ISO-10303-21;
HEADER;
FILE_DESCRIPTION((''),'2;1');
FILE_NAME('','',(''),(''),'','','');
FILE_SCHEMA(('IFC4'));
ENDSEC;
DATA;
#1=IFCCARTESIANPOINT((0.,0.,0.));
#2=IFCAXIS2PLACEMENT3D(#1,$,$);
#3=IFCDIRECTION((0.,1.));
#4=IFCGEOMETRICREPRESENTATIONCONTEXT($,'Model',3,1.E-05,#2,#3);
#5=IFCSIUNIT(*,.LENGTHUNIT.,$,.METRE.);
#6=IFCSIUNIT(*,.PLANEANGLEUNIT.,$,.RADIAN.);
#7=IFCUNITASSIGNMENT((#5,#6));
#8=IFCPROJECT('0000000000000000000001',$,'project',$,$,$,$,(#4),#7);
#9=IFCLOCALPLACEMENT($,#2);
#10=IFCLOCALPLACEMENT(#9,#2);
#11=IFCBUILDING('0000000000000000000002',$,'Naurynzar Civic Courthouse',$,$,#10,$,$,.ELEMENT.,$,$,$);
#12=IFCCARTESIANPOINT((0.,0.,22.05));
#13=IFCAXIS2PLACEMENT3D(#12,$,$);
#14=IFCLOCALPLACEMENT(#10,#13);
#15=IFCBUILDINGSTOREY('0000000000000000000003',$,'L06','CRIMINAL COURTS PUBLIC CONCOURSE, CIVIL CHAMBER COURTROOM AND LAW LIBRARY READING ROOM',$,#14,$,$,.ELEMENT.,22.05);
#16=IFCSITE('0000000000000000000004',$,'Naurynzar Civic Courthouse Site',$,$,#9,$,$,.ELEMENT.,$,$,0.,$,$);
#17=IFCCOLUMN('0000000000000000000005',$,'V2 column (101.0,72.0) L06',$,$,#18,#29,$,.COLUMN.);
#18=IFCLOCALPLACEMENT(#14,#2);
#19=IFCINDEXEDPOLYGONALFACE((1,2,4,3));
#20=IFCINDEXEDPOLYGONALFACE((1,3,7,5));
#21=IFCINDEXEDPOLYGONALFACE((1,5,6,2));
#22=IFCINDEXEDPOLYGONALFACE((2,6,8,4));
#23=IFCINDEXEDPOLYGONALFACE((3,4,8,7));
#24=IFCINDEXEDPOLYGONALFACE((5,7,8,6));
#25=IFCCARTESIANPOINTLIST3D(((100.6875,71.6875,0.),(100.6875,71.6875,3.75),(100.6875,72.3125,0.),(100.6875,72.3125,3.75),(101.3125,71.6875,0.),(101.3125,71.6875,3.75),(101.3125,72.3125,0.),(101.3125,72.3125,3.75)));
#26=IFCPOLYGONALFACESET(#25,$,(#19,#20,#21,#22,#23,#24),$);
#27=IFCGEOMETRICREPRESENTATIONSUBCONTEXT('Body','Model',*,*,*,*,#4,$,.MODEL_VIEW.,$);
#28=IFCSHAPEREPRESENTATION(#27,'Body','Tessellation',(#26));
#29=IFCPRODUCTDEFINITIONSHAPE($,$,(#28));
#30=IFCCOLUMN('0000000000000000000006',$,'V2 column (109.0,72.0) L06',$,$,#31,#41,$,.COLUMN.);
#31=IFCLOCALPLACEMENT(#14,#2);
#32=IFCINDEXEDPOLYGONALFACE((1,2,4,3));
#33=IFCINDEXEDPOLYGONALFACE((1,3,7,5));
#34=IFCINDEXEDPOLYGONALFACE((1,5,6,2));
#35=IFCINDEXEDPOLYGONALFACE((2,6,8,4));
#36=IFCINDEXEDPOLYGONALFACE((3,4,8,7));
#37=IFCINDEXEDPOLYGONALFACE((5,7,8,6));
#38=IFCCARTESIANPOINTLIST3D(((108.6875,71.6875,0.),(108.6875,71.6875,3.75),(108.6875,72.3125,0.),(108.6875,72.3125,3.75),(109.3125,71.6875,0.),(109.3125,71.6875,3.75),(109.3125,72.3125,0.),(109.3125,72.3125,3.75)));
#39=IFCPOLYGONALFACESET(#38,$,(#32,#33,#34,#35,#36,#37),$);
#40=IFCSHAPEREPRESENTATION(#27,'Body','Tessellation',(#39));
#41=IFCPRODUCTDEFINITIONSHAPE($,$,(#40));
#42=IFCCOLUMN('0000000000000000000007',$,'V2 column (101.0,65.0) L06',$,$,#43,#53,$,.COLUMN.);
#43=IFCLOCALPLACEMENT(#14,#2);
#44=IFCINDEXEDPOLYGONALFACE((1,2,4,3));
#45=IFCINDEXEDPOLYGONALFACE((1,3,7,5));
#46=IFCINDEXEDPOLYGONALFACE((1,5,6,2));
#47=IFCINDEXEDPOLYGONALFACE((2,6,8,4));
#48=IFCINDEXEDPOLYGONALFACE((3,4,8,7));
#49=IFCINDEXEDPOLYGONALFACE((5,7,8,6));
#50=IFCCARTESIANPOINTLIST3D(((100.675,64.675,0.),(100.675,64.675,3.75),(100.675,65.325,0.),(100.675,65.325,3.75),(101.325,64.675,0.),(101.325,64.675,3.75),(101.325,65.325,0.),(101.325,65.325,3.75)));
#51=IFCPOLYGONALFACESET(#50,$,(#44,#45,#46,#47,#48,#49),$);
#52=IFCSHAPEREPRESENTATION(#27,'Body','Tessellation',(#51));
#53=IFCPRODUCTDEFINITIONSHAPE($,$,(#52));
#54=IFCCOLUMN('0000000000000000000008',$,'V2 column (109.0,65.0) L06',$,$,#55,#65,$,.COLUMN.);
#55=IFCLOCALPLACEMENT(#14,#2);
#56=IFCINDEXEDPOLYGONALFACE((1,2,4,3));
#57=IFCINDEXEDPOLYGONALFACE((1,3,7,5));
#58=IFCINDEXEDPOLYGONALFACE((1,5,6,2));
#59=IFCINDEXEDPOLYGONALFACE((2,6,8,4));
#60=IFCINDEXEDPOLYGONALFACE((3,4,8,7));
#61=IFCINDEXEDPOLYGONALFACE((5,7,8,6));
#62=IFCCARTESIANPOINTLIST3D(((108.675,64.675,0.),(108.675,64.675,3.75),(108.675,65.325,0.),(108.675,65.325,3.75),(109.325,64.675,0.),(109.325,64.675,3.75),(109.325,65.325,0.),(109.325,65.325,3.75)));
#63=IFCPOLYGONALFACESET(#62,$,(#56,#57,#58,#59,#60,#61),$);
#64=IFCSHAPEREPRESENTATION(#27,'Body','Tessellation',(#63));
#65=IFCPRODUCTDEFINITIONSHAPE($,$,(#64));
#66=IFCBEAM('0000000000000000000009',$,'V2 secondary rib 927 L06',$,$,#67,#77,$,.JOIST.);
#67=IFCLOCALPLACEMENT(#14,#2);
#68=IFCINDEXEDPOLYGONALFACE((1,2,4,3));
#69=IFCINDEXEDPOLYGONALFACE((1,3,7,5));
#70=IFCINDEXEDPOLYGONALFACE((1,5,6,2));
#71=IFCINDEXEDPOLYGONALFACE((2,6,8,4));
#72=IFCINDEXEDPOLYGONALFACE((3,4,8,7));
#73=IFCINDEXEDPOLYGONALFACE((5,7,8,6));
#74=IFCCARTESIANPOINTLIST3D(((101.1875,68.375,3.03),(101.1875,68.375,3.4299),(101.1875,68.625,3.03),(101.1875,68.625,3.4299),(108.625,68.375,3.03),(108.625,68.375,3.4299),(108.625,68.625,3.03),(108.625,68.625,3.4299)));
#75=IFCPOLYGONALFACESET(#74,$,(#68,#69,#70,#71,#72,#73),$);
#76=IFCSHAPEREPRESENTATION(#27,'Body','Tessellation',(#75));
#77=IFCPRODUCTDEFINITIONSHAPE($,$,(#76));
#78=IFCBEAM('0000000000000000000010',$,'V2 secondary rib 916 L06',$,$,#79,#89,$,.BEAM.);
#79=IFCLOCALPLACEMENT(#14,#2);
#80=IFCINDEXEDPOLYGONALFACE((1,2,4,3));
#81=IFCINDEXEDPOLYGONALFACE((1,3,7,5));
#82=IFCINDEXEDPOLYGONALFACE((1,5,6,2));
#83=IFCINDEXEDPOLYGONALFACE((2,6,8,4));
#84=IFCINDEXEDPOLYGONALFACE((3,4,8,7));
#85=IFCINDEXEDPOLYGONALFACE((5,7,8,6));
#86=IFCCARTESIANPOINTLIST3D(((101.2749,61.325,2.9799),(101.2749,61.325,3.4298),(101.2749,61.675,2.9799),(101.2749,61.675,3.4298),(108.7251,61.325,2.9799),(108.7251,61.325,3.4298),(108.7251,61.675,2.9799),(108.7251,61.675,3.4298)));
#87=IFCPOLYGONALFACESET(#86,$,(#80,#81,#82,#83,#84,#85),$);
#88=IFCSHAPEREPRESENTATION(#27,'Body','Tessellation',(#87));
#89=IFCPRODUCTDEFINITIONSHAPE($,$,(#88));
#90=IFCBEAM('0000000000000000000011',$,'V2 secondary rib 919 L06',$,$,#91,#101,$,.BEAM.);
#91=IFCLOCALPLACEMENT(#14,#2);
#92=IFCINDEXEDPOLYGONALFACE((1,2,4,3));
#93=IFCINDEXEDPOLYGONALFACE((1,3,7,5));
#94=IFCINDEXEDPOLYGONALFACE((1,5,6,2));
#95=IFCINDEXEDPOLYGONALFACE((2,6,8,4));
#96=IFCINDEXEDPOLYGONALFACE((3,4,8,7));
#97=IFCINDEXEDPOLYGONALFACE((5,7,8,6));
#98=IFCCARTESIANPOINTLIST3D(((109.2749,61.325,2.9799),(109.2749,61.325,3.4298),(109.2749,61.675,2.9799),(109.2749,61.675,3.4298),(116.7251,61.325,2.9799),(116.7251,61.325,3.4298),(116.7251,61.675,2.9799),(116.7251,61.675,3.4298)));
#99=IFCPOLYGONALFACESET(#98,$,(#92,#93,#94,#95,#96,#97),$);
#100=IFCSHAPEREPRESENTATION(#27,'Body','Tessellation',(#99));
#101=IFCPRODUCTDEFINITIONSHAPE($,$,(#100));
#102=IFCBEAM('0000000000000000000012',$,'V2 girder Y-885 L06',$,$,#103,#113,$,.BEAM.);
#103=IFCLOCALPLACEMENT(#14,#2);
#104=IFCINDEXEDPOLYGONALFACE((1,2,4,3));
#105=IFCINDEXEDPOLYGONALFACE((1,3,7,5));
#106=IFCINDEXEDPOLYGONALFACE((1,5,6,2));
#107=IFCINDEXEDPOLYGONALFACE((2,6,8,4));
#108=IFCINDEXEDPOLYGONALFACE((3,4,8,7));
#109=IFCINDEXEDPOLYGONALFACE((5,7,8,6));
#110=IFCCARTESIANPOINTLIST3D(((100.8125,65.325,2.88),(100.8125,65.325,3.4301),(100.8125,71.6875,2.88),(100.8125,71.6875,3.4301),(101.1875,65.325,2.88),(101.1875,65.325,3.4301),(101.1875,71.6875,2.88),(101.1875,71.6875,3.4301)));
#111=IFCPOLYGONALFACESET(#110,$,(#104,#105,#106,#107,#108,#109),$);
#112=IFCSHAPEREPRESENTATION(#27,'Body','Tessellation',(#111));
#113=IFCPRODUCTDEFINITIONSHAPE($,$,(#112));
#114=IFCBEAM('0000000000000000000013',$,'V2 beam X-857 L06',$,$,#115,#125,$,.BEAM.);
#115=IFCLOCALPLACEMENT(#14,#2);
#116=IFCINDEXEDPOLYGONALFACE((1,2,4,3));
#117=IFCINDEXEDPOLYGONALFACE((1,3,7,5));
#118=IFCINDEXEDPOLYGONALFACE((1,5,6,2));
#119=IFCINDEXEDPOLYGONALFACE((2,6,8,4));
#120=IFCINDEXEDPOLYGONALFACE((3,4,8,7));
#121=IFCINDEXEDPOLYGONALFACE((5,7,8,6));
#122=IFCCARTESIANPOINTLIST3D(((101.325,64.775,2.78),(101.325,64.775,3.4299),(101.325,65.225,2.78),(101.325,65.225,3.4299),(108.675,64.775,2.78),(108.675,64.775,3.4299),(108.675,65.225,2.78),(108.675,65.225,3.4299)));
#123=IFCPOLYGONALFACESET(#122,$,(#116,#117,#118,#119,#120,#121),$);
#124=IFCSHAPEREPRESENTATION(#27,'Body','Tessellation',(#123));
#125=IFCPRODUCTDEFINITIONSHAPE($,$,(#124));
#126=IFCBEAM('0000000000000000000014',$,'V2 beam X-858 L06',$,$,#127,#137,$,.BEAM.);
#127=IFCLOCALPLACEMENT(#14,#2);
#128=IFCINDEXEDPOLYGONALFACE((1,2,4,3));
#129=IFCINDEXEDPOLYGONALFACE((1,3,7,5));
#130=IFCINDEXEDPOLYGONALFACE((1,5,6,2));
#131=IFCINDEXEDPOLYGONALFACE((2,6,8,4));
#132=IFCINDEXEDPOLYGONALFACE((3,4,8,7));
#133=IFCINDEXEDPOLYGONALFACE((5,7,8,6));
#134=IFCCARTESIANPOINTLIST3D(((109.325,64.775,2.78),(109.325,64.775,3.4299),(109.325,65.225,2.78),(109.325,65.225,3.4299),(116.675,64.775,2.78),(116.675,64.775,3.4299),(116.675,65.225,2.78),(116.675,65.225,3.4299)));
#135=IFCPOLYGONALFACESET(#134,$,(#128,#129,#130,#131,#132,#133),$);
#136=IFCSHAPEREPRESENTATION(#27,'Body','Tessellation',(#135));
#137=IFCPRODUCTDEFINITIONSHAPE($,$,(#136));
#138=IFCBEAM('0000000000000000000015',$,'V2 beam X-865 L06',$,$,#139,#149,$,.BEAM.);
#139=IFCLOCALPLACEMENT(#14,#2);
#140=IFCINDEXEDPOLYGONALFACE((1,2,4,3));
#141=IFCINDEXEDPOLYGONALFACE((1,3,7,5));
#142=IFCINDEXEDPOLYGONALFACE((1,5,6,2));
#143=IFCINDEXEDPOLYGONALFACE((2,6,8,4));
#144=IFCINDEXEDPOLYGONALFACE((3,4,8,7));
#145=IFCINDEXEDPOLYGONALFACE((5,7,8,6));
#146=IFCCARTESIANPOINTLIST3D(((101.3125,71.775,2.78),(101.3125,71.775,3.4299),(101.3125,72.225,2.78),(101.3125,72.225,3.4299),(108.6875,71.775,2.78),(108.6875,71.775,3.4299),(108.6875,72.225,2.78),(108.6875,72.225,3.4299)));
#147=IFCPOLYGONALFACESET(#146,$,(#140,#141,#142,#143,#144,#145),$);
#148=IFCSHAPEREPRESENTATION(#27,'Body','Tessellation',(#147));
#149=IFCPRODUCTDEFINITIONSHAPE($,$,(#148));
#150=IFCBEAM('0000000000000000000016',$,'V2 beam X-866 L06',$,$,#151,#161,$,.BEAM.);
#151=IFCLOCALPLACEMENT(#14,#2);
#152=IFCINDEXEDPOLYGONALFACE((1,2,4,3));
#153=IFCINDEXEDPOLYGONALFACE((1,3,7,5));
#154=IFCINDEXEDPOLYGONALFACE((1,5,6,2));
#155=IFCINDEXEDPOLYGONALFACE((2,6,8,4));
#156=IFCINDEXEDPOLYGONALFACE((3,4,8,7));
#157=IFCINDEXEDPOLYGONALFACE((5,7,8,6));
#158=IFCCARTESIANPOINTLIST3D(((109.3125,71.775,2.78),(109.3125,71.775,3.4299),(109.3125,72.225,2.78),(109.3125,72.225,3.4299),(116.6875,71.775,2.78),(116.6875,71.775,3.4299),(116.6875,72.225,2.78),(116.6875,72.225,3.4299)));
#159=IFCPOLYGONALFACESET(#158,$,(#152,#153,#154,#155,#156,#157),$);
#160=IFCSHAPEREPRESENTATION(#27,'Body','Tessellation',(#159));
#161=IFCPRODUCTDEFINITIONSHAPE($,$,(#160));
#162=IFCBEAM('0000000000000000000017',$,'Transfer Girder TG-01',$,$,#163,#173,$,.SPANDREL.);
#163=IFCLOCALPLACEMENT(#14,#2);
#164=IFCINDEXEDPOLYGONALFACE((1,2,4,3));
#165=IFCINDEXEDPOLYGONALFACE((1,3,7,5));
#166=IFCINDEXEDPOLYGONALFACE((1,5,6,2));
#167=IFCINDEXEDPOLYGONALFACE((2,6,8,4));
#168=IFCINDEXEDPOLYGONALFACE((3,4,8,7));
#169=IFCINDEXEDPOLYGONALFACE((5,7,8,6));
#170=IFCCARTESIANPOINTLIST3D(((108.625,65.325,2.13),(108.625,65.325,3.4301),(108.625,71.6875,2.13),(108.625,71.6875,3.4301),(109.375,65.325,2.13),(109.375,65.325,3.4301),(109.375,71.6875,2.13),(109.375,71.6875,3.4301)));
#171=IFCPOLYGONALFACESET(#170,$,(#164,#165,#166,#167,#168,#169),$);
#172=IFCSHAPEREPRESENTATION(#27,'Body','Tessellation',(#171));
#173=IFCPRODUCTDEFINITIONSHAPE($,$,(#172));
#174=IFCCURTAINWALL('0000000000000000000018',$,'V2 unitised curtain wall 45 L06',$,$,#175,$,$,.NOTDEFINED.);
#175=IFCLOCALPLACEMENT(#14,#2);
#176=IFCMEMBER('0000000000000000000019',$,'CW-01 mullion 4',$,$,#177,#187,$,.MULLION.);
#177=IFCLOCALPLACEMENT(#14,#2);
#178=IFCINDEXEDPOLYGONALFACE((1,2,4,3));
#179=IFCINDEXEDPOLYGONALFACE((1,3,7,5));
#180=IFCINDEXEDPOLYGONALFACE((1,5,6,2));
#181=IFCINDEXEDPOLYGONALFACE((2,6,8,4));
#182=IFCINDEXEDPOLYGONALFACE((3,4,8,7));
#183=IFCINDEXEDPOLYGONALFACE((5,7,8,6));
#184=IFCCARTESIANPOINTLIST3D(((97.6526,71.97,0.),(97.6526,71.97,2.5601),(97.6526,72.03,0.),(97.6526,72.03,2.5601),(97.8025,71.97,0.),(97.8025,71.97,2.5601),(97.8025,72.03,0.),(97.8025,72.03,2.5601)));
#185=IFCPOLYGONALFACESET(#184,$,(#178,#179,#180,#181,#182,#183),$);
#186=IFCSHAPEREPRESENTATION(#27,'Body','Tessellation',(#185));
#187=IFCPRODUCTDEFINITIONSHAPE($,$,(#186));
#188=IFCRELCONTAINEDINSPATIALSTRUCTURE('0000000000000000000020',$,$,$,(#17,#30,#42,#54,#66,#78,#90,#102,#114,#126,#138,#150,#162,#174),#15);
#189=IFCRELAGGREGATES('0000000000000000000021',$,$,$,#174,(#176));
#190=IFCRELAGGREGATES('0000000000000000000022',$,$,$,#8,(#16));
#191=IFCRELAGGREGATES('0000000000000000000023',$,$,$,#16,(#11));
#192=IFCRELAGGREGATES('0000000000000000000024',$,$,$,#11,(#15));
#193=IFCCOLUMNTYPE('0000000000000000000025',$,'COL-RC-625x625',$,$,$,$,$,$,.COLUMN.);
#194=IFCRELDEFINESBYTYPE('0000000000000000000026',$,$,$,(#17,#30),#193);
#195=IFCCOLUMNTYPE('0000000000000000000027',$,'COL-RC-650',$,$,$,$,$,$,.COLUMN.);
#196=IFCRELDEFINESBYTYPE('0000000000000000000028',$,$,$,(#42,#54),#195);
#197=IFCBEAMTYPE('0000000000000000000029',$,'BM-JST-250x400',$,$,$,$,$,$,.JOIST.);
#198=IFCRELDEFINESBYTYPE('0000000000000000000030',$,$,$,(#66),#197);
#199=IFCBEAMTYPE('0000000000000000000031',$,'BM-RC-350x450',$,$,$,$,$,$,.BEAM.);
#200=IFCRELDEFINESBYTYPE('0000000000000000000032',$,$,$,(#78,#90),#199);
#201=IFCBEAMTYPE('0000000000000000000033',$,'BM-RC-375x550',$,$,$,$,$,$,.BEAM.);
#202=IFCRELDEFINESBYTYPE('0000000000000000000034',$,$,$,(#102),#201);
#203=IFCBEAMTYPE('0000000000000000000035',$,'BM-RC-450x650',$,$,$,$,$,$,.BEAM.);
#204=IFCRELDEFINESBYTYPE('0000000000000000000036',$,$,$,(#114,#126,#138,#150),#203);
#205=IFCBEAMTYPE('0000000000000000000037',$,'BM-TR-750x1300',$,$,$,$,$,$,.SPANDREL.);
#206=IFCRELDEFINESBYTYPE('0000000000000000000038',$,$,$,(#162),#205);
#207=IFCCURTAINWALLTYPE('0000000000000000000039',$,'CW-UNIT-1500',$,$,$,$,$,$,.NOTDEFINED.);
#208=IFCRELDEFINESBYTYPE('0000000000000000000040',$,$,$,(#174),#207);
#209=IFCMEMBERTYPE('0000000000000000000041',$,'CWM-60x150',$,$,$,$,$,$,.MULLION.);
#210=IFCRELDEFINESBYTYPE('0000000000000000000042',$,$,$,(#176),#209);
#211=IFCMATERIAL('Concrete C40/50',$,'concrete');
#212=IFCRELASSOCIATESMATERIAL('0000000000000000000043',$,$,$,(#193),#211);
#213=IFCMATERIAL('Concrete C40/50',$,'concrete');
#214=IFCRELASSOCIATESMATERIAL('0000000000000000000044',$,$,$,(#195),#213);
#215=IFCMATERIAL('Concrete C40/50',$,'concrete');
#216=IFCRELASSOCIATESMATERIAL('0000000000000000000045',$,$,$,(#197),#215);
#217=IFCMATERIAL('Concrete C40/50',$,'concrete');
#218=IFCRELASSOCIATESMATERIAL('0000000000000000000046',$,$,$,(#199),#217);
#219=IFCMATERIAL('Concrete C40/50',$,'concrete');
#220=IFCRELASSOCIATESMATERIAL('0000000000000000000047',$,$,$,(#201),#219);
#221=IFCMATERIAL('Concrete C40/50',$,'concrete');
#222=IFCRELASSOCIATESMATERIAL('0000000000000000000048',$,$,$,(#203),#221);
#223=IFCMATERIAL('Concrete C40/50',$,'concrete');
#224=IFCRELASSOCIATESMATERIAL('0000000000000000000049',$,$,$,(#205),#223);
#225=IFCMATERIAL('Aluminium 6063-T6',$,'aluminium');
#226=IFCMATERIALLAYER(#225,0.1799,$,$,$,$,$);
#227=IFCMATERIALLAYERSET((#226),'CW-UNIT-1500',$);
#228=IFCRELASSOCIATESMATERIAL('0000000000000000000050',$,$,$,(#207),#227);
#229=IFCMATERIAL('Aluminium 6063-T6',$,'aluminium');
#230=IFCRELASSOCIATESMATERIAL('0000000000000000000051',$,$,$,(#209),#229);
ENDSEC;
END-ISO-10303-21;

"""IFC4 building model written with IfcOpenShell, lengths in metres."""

from ifc_helpers import new_model, si_unit, direction, frame, origin, origin_2d, place, context, subcontext, project, spatial, rectangle, extrude, material, layer, layer_set, material_profile, profile_set, type_object, element, aggregate, save


model = new_model("IFC4")

# Units and contexts
model_context = context("Model", 3, precision=1e-05, world=origin(), true_north=direction((0.0, 1.0)))
body_context = subcontext(model_context, "Body", "Model", "MODEL_VIEW")
ifc_project = project(units=[si_unit("LENGTHUNIT", "METRE"), si_unit("PLANEANGLEUNIT", "RADIAN")], contexts=[model_context])

# Site, building, storey
site_placement = place(None, origin())
site = spatial("IfcSite", under=ifc_project, at=site_placement, Name="Naurynzar Civic Courthouse Site", CompositionType="ELEMENT", RefElevation=0.0)
building_placement = place(site_placement, origin())
building = spatial("IfcBuilding", under=site, at=building_placement, Name="Naurynzar Civic Courthouse", CompositionType="ELEMENT")
storey_placement = place(building_placement, frame((0.0, 0.0, 22.05)))
storey = spatial("IfcBuildingStorey", under=building, at=storey_placement, Name="L06", Description="CRIMINAL COURTS PUBLIC CONCOURSE, CIVIL CHAMBER COURTROOM AND LAW LIBRARY READING ROOM", CompositionType="ELEMENT", Elevation=22.05)

# Columns
ifc_material_1 = material(Name="Concrete C40/50", Category="concrete")
ifc_material_profile_1 = material_profile(ifc_material_1, rectangle(XDim=0.625, YDim=0.625, at=origin_2d()), Name="RC 625x625")
ifc_profile_set_1 = profile_set([ifc_material_profile_1], Name="Concrete C40/50")
column_type_1 = type_object("IfcColumnType", Name="COL-RC-625x625", PredefinedType="COLUMN", material=ifc_profile_set_1)
for number, where, z_axis, x_axis, name in (
    (1, (101.0, 72.0, 0.0), (0.0, 0.0, 1.0), (1.0, 0.0, 0.0), "V2 column (101.0,72.0) L06"),
    (2, (109.0, 72.0, 0.0), (0.0, 0.0, 1.0), (1.0, 0.0, 0.0), "V2 column (109.0,72.0) L06"),
):
    element("IfcColumn", number, at=place(storey_placement, frame(where, z_axis=z_axis, x_axis=x_axis)), inside=storey, type_object=column_type_1, Name=name, PredefinedType="COLUMN", context=body_context, shape_type="SweptSolid", body=[
        extrude(rectangle(XDim=0.625, YDim=0.625, at=origin_2d()), origin(), (0.0, 0.0, 1.0), 3.75),
    ])
ifc_material_2 = material(Name="Concrete C40/50", Category="concrete")
ifc_material_profile_2 = material_profile(ifc_material_2, rectangle(XDim=0.6499, YDim=0.6499, at=origin_2d()), Name="RC 650x650")
ifc_profile_set_2 = profile_set([ifc_material_profile_2], Name="Concrete C40/50")
column_type_2 = type_object("IfcColumnType", Name="COL-RC-650", PredefinedType="COLUMN", material=ifc_profile_set_2)
for number, where, z_axis, x_axis, name in (
    (3, (101.0, 65.0, 0.0), (0.0, 0.0, 1.0), (1.0, 0.0, 0.0), "V2 column (101.0,65.0) L06"),
    (4, (109.0, 65.0, 0.0), (0.0, 0.0, 1.0), (1.0, 0.0, 0.0), "V2 column (109.0,65.0) L06"),
):
    element("IfcColumn", number, at=place(storey_placement, frame(where, z_axis=z_axis, x_axis=x_axis)), inside=storey, type_object=column_type_2, Name=name, PredefinedType="COLUMN", context=body_context, shape_type="SweptSolid", body=[
        extrude(rectangle(XDim=0.6499, YDim=0.6499, at=origin_2d()), origin(), (0.0, 0.0, 1.0), 3.75),
    ])

# Beams
ifc_material_3 = material(Name="Concrete C40/50", Category="concrete")
ifc_material_profile_3 = material_profile(ifc_material_3, rectangle(XDim=0.25, YDim=0.3999, at=origin_2d()), Name="RCB 250x400")
ifc_profile_set_3 = profile_set([ifc_material_profile_3], Name="Concrete C40/50")
beam_type_1 = type_object("IfcBeamType", Name="BM-JST-250x400", PredefinedType="JOIST", material=ifc_profile_set_3)
beam_1_placement = place(storey_placement, frame((101.1875, 68.5, 3.23), z_axis=(1.0, 0.0, 0.0), x_axis=(0.0, 1.0, 0.0)))
element("IfcBeam", 5, at=beam_1_placement, inside=storey, type_object=beam_type_1, Name="V2 secondary rib 927 L06", PredefinedType="JOIST", context=body_context, shape_type="SweptSolid", body=[
    extrude(rectangle(XDim=0.25, YDim=0.3999, at=origin_2d()), origin(), (0.0, 0.0, 1.0), 7.4375),
])
ifc_material_4 = material(Name="Concrete C40/50", Category="concrete")
ifc_material_profile_4 = material_profile(ifc_material_4, rectangle(XDim=0.3501, YDim=0.45, at=origin_2d()), Name="RCB 350x450")
ifc_profile_set_4 = profile_set([ifc_material_profile_4], Name="Concrete C40/50")
beam_type_2 = type_object("IfcBeamType", Name="BM-RC-350x450", PredefinedType="BEAM", material=ifc_profile_set_4)
for number, where, z_axis, x_axis, name in (
    (6, (101.2749, 61.5, 3.2048), (1.0, 0.0, 0.0), (0.0, 1.0, 0.0), "V2 secondary rib 916 L06"),
    (7, (109.2749, 61.5, 3.2048), (1.0, 0.0, 0.0), (0.0, 1.0, 0.0), "V2 secondary rib 919 L06"),
):
    element("IfcBeam", number, at=place(storey_placement, frame(where, z_axis=z_axis, x_axis=x_axis)), inside=storey, type_object=beam_type_2, Name=name, PredefinedType="BEAM", context=body_context, shape_type="SweptSolid", body=[
        extrude(rectangle(XDim=0.3501, YDim=0.45, at=origin_2d()), origin(), (0.0, 0.0, 1.0), 7.4502),
    ])
ifc_material_5 = material(Name="Concrete C40/50", Category="concrete")
ifc_material_profile_5 = material_profile(ifc_material_5, rectangle(XDim=0.375, YDim=0.55, at=origin_2d()), Name="RCB 375x550")
ifc_profile_set_5 = profile_set([ifc_material_profile_5], Name="Concrete C40/50")
beam_type_3 = type_object("IfcBeamType", Name="BM-RC-375x550", PredefinedType="BEAM", material=ifc_profile_set_5)
beam_2_placement = place(storey_placement, frame((101.0, 65.325, 3.155), z_axis=(0.0, 1.0, 0.0), x_axis=(-1.0, 0.0, 0.0)))
element("IfcBeam", 8, at=beam_2_placement, inside=storey, type_object=beam_type_3, Name="V2 girder Y-885 L06", PredefinedType="BEAM", context=body_context, shape_type="SweptSolid", body=[
    extrude(rectangle(XDim=0.375, YDim=0.55, at=origin_2d()), origin(), (0.0, 0.0, 1.0), 6.3625),
])
ifc_material_6 = material(Name="Concrete C40/50", Category="concrete")
ifc_material_profile_6 = material_profile(ifc_material_6, rectangle(XDim=0.45, YDim=0.6499, at=origin_2d()), Name="RCB 450x650")
ifc_profile_set_6 = profile_set([ifc_material_profile_6], Name="Concrete C40/50")
beam_type_4 = type_object("IfcBeamType", Name="BM-RC-450x650", PredefinedType="BEAM", material=ifc_profile_set_6)
for number, where, z_axis, x_axis, name in (
    (9, (101.325, 65.0, 3.105), (1.0, 0.0, 0.0), (0.0, 1.0, 0.0), "V2 beam X-857 L06"),
    (10, (109.325, 65.0, 3.105), (1.0, 0.0, 0.0), (0.0, 1.0, 0.0), "V2 beam X-858 L06"),
):
    element("IfcBeam", number, at=place(storey_placement, frame(where, z_axis=z_axis, x_axis=x_axis)), inside=storey, type_object=beam_type_4, Name=name, PredefinedType="BEAM", context=body_context, shape_type="SweptSolid", body=[
        extrude(rectangle(XDim=0.45, YDim=0.6499, at=origin_2d()), origin(), (0.0, 0.0, 1.0), 7.3501),
    ])
for number, where, z_axis, x_axis, name in (
    (11, (101.3125, 72.0, 3.105), (1.0, 0.0, 0.0), (0.0, 1.0, 0.0), "V2 beam X-865 L06"),
    (12, (109.3125, 72.0, 3.105), (1.0, 0.0, 0.0), (0.0, 1.0, 0.0), "V2 beam X-866 L06"),
):
    element("IfcBeam", number, at=place(storey_placement, frame(where, z_axis=z_axis, x_axis=x_axis)), inside=storey, type_object=beam_type_4, Name=name, PredefinedType="BEAM", context=body_context, shape_type="SweptSolid", body=[
        extrude(rectangle(XDim=0.45, YDim=0.6499, at=origin_2d()), origin(), (0.0, 0.0, 1.0), 7.375),
    ])
ifc_material_7 = material(Name="Concrete C40/50", Category="concrete")
ifc_material_profile_7 = material_profile(ifc_material_7, rectangle(XDim=0.75, YDim=1.3, at=origin_2d()), Name="RCT 750x1300")
ifc_profile_set_7 = profile_set([ifc_material_profile_7], Name="Concrete C40/50")
beam_type_5 = type_object("IfcBeamType", Name="BM-TR-750x1300", PredefinedType="SPANDREL", material=ifc_profile_set_7)
beam_3_placement = place(storey_placement, frame((109.0, 65.325, 2.78), z_axis=(0.0, 1.0, 0.0), x_axis=(-1.0, 0.0, 0.0)))
element("IfcBeam", 13, at=beam_3_placement, inside=storey, type_object=beam_type_5, Name="Transfer Girder TG-01", PredefinedType="SPANDREL", context=body_context, shape_type="SweptSolid", body=[
    extrude(rectangle(XDim=0.75, YDim=1.3, at=origin_2d()), origin(), (0.0, 0.0, 1.0), 6.3625),
])

# Curtain wall, member
ifc_material_8 = material(Name="Aluminium 6063-T6", Category="aluminium")
ifc_layer_1 = layer(ifc_material_8, 0.1799)
ifc_layer_set_1 = layer_set([ifc_layer_1], Name="CW-UNIT-1500")
curtain_wall_type = type_object("IfcCurtainWallType", Name="CW-UNIT-1500", PredefinedType="NOTDEFINED", material=ifc_layer_set_1)
curtain_wall_placement = place(storey_placement, origin())
curtain_wall = element("IfcCurtainWall", 14, at=curtain_wall_placement, inside=storey, type_object=curtain_wall_type, Name="V2 unitised curtain wall 45 L06", PredefinedType="NOTDEFINED")
ifc_material_9 = material(Name="Aluminium 6063-T6", Category="aluminium")
ifc_material_profile_8 = material_profile(ifc_material_9, rectangle(XDim=0.0601, YDim=0.1499, at=origin_2d()), Name="ALU MULLION 60x150")
ifc_profile_set_8 = profile_set([ifc_material_profile_8], Name="Aluminium 6063-T6")
member_type_1 = type_object("IfcMemberType", Name="CWM-60x150", PredefinedType="MULLION", material=ifc_profile_set_8)
member_1_placement = place(storey_placement, frame((97.7275, 72.0, 0.0), z_axis=(0.0, 0.0, 1.0), x_axis=(0.0, 1.0, 0.0)))
member_1 = element("IfcMember", 15, at=member_1_placement, type_object=member_type_1, Name="CW-01 mullion 4", PredefinedType="MULLION", context=body_context, shape_type="SweptSolid", body=[
    extrude(rectangle(XDim=0.0601, YDim=0.1499, at=origin_2d()), origin(), (0.0, 0.0, 1.0), 2.5601),
])
aggregate(curtain_wall, [member_1])

save(model, "model.ifc")
